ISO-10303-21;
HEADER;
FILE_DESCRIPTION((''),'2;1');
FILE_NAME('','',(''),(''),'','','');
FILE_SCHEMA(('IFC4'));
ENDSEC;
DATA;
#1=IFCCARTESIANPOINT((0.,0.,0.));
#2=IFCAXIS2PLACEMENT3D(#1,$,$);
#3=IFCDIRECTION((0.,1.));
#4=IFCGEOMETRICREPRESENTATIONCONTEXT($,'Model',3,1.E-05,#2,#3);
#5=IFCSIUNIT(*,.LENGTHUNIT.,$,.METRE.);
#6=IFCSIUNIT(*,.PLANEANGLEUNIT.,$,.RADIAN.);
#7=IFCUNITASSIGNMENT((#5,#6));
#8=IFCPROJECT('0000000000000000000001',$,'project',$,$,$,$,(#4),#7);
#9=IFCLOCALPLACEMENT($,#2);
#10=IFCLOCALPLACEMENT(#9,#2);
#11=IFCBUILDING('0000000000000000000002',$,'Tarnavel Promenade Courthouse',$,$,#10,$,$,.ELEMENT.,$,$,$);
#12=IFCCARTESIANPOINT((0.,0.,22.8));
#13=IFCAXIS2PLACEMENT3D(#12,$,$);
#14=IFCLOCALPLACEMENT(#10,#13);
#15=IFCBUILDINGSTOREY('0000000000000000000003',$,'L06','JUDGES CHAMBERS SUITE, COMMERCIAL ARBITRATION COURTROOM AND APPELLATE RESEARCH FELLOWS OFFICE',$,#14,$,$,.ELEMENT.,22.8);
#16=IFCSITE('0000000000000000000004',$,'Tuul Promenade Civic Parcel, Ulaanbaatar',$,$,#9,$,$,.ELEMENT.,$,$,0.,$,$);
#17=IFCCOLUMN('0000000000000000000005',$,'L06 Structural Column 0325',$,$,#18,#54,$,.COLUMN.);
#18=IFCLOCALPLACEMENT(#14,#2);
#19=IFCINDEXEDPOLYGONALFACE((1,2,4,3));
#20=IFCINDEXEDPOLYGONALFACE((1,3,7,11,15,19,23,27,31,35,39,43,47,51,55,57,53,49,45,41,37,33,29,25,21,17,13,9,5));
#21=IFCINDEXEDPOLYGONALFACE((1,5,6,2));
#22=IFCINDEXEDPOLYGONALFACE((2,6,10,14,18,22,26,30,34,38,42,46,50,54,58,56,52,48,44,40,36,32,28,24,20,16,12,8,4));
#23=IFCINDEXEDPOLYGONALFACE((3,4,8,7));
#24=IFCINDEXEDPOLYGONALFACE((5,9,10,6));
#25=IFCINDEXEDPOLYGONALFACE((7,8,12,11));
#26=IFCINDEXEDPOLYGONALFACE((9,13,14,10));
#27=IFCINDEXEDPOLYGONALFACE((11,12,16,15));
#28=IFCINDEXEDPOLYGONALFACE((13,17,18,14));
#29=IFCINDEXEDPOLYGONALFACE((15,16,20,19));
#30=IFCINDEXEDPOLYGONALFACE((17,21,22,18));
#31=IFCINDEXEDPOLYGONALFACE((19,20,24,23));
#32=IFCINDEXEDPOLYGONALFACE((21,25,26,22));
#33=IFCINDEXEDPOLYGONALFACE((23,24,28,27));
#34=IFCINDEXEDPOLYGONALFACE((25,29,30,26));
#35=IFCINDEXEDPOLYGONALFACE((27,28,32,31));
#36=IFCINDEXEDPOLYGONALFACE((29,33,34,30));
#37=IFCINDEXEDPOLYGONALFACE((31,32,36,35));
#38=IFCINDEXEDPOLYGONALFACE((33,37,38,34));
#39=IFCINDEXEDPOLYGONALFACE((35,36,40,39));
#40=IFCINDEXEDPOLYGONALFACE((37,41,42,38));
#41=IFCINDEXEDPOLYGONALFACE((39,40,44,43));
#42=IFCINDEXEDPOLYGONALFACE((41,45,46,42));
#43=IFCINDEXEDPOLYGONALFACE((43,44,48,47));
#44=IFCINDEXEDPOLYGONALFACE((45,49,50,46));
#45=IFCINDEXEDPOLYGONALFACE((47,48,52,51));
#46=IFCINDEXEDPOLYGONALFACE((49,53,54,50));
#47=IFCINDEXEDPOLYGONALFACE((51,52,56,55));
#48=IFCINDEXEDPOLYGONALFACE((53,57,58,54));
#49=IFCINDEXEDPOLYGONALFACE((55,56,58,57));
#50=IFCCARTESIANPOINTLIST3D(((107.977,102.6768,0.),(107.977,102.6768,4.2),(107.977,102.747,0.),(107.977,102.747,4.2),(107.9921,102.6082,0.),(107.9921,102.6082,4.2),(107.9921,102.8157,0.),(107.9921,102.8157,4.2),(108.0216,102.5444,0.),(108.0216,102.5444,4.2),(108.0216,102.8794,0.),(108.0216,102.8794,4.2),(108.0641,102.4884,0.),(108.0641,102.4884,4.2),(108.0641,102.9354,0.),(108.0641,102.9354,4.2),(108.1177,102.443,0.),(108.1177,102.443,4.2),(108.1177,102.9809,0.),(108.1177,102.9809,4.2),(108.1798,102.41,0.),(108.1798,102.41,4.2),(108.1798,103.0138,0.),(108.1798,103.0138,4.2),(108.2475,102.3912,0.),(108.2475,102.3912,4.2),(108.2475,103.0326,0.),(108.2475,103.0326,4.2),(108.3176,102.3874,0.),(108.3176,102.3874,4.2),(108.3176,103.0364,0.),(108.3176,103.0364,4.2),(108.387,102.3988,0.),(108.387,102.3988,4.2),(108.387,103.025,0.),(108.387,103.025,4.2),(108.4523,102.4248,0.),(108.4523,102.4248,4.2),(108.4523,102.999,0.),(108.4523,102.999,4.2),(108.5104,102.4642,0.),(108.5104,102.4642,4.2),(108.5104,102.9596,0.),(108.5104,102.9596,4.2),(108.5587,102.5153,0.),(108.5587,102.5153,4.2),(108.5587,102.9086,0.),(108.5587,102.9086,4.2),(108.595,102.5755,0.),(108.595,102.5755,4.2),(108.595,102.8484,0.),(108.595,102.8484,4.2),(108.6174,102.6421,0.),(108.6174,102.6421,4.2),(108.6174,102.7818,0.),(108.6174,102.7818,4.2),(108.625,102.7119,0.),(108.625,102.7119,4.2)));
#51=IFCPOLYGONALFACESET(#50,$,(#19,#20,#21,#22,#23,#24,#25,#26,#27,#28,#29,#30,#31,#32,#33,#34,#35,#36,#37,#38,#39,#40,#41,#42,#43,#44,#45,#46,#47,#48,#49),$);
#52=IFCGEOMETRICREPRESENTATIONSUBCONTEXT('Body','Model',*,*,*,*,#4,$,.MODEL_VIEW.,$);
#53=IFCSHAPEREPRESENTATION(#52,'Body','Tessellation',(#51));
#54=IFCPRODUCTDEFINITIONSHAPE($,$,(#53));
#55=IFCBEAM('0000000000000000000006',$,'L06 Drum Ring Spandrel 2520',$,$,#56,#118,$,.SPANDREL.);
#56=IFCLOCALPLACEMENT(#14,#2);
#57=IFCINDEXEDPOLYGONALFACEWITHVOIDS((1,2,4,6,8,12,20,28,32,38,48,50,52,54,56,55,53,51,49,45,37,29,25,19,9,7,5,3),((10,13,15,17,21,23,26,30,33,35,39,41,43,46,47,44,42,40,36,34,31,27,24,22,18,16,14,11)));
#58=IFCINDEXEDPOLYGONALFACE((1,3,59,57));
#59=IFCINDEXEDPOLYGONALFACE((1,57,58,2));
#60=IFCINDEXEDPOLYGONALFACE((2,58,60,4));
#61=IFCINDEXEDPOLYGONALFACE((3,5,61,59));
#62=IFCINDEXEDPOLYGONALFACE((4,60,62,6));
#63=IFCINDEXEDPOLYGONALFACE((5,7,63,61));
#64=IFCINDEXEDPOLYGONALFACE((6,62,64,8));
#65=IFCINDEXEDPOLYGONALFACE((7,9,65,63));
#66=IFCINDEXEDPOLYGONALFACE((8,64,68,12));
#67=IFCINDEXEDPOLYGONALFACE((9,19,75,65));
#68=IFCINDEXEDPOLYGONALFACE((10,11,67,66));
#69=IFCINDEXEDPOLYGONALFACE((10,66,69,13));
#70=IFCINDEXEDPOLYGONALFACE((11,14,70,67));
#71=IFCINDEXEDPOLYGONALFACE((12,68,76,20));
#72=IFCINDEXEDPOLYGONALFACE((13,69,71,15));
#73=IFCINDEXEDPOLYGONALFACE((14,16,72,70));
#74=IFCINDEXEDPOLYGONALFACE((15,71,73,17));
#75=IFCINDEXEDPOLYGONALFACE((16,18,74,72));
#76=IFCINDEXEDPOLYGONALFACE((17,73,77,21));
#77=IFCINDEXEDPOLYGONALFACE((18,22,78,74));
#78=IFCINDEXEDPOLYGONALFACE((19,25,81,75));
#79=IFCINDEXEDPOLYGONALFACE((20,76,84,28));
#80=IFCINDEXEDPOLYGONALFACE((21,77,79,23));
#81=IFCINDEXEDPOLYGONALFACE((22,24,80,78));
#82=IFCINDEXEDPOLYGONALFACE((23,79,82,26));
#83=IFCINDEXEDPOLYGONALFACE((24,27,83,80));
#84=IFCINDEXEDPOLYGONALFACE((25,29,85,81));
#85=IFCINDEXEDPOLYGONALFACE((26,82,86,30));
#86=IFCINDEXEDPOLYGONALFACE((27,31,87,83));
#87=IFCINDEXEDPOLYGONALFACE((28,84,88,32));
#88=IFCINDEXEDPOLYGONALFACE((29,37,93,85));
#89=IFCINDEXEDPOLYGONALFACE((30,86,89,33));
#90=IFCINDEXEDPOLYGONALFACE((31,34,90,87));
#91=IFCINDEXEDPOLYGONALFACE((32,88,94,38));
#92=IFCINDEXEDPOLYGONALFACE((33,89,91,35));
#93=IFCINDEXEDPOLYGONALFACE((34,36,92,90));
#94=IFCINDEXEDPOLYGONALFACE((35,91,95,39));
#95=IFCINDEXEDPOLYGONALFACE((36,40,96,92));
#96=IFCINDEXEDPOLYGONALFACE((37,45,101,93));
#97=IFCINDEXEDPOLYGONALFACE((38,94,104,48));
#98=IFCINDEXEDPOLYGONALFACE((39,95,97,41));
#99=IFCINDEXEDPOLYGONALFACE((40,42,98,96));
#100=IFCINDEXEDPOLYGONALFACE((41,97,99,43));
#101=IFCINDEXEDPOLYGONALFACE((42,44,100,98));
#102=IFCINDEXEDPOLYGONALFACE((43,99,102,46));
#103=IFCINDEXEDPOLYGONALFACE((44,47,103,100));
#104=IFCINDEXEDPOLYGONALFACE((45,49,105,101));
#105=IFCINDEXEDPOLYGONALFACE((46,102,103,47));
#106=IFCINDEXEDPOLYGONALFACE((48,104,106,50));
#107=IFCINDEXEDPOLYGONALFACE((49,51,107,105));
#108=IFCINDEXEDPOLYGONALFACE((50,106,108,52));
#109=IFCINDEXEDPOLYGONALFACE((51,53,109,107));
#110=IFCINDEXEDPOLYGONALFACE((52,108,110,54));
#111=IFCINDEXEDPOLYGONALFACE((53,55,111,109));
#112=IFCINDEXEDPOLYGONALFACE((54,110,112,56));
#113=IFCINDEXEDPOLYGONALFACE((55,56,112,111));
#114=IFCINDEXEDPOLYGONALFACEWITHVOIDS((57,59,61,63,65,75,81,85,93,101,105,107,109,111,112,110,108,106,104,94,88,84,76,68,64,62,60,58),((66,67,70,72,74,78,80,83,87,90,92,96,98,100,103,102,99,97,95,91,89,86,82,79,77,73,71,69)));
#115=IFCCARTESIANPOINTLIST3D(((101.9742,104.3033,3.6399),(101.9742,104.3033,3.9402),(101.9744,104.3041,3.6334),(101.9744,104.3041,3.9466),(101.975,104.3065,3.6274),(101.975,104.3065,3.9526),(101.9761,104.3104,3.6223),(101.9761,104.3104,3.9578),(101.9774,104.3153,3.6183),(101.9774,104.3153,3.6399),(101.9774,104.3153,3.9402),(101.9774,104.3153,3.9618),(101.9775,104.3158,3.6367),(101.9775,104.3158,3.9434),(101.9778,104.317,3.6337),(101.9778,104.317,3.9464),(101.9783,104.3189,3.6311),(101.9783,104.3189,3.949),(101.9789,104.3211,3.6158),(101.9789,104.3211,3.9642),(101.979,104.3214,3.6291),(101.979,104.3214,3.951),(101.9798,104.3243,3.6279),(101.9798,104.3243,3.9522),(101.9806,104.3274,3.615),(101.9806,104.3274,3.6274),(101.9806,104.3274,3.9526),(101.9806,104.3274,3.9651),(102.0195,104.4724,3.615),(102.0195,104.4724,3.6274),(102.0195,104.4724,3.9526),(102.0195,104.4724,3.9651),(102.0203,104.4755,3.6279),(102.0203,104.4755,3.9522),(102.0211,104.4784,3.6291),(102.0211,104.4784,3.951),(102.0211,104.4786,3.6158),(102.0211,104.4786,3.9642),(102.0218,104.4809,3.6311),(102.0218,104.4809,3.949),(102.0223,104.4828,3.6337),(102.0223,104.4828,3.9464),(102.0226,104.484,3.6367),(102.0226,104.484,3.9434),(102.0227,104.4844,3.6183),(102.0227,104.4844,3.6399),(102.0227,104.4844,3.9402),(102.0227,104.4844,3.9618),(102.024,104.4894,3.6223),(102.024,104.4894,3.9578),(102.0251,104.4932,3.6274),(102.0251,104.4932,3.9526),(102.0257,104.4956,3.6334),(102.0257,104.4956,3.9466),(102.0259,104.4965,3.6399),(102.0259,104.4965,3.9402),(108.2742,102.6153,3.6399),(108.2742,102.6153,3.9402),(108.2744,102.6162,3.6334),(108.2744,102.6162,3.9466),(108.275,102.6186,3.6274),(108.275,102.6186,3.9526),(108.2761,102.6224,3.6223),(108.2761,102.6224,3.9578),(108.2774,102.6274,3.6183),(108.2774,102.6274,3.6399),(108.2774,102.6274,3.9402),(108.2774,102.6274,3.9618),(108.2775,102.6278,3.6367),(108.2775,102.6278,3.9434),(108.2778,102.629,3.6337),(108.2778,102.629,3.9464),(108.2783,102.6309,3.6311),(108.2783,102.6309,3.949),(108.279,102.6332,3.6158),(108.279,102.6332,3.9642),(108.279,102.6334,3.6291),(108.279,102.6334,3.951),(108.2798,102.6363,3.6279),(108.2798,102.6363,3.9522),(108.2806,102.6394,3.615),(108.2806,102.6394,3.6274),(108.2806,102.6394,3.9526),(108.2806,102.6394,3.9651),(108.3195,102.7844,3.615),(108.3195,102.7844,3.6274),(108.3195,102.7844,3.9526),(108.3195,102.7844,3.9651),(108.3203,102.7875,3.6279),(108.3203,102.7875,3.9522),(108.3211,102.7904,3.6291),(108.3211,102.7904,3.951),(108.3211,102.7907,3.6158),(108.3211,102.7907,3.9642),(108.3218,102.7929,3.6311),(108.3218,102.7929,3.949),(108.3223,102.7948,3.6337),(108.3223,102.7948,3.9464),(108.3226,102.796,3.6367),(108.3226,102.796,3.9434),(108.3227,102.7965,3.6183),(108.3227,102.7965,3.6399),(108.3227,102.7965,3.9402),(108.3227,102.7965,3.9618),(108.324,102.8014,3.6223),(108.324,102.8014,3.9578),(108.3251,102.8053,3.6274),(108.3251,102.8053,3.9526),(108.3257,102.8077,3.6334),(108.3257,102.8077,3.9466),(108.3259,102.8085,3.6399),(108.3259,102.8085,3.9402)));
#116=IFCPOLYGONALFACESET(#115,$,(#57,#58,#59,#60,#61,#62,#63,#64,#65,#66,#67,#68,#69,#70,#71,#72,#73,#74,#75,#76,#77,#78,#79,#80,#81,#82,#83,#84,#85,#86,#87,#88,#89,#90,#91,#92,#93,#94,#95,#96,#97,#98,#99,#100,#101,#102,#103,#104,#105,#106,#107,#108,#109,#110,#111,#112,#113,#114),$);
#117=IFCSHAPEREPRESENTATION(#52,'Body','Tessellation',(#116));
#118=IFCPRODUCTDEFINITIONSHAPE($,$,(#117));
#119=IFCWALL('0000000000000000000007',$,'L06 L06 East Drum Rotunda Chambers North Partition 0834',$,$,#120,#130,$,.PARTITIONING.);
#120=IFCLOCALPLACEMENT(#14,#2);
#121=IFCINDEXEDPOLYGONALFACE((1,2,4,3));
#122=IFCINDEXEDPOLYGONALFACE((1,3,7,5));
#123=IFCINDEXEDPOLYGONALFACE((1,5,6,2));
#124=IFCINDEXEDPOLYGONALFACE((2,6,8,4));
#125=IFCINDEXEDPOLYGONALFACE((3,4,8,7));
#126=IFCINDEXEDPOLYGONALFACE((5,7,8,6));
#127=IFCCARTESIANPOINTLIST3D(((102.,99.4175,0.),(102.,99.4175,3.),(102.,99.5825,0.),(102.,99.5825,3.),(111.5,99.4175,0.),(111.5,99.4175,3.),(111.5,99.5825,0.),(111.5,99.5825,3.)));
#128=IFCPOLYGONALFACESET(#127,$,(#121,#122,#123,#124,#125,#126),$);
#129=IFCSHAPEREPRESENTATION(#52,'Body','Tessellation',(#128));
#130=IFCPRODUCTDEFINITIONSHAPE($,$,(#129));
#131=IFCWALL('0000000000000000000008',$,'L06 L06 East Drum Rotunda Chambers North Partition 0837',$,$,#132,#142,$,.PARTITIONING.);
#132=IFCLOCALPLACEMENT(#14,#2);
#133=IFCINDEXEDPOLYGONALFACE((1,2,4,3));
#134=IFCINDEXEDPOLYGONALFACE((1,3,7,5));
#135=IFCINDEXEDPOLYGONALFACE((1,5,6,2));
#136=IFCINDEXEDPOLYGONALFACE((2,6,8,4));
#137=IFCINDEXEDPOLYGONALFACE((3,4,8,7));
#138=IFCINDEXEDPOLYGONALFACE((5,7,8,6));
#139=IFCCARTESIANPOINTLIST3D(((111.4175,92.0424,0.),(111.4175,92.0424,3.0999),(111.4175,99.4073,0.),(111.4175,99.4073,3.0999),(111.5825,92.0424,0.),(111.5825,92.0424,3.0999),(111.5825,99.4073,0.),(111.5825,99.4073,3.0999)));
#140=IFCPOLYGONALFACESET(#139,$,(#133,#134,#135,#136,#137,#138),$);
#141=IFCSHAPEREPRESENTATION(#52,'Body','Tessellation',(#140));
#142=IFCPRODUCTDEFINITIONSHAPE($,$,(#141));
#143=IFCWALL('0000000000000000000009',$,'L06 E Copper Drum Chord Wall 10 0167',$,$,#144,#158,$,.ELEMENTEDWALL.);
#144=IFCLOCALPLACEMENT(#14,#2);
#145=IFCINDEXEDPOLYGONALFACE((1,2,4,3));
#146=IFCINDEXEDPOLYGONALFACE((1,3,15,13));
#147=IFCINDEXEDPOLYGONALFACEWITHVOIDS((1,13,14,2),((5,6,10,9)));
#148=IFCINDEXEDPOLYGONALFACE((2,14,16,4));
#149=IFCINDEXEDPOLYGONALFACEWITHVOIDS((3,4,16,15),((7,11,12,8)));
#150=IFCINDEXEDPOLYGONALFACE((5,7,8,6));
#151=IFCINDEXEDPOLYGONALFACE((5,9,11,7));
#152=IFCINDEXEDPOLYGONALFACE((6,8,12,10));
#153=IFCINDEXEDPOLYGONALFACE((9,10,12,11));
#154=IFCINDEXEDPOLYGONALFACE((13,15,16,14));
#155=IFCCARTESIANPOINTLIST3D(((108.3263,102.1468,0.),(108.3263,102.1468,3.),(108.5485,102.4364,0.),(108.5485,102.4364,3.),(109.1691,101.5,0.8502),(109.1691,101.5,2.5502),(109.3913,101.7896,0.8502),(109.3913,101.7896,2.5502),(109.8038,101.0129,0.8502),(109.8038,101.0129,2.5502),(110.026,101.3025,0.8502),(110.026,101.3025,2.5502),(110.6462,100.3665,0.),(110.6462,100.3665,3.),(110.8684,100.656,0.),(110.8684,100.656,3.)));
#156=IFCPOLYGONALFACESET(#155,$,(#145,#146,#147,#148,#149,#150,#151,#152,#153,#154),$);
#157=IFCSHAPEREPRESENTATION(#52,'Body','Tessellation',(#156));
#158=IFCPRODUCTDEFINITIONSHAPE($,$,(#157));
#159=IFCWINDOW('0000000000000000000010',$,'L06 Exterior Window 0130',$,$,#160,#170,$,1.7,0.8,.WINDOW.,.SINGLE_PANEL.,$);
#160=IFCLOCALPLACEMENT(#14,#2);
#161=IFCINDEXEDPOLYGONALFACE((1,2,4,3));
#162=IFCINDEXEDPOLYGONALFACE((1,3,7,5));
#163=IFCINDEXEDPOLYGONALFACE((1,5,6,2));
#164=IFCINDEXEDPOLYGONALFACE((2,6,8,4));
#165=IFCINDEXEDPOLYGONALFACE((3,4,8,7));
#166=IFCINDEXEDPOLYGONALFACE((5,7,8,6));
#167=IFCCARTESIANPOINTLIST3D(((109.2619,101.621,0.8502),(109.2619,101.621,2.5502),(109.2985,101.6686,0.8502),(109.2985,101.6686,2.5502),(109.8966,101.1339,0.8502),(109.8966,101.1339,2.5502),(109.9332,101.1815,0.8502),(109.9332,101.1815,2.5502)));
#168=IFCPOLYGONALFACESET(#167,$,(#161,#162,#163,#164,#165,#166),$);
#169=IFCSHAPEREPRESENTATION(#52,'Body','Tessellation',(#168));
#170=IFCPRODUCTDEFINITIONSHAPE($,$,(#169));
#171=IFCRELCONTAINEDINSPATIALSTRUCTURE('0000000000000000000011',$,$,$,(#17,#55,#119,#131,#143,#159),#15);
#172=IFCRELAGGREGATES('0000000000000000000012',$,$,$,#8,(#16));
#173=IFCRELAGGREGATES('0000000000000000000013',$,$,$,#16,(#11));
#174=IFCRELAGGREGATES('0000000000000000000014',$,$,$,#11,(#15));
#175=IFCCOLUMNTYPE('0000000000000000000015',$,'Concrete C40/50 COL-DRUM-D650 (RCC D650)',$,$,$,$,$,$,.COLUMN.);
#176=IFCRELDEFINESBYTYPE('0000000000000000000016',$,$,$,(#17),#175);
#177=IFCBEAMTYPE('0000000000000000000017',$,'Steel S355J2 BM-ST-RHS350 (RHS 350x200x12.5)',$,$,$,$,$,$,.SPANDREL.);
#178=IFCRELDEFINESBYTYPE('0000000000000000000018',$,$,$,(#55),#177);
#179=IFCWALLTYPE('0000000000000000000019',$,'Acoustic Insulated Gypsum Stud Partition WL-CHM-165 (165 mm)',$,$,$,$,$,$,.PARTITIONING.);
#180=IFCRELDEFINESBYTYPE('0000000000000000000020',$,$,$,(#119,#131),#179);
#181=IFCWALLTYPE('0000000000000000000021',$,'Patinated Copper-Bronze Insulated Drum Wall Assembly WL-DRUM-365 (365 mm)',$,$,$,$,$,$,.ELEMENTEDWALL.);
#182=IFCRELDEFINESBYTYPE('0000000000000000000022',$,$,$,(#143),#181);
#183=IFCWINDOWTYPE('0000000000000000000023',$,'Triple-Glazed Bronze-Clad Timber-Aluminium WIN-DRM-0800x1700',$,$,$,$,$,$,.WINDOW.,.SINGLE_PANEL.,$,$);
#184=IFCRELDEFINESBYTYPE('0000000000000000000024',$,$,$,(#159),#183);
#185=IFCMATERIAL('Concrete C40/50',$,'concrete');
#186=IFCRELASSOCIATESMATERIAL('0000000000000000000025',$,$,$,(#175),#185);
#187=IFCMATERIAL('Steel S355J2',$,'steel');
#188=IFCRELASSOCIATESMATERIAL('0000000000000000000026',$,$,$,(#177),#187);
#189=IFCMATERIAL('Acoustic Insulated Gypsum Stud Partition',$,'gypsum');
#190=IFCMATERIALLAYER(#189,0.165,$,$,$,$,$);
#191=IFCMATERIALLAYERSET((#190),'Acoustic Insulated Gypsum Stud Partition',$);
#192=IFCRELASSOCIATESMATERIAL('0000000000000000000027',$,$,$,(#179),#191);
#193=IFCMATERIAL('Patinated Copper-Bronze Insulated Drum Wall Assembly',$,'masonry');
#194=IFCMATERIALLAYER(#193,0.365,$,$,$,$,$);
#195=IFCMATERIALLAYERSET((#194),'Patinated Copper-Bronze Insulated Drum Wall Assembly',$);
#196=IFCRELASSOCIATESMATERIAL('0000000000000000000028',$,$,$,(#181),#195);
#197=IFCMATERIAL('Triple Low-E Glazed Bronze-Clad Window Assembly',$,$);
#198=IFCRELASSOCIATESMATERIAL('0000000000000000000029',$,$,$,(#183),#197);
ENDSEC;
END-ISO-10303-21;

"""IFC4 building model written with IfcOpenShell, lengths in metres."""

from ifc_helpers import new_model, si_unit, direction, frame, frame_2d, origin, origin_2d, place, context, subcontext, project, spatial, rectangle, hollow_rectangle, circle, extrude, material, layer, layer_set, material_profile, profile_set, type_object, element, fill, save


model = new_model("IFC4")

# Units and contexts
model_context = context("Model", 3, precision=1e-05, world=origin(), true_north=direction((0.0, 1.0)))
body_context = subcontext(model_context, "Body", "Model", "MODEL_VIEW")
ifc_project = project(units=[si_unit("LENGTHUNIT", "METRE"), si_unit("PLANEANGLEUNIT", "RADIAN")], contexts=[model_context])

# Site, building, storey
site_placement = place(None, origin())
site = spatial("IfcSite", under=ifc_project, at=site_placement, Name="Tuul Promenade Civic Parcel, Ulaanbaatar", CompositionType="ELEMENT", RefElevation=0.0)
building_placement = place(site_placement, origin())
building = spatial("IfcBuilding", under=site, at=building_placement, Name="Tarnavel Promenade Courthouse", CompositionType="ELEMENT")
storey_placement = place(building_placement, frame((0.0, 0.0, 22.8)))
storey = spatial("IfcBuildingStorey", under=building, at=storey_placement, Name="L06", Description="JUDGES CHAMBERS SUITE, COMMERCIAL ARBITRATION COURTROOM AND APPELLATE RESEARCH FELLOWS OFFICE", CompositionType="ELEMENT", Elevation=22.8)

# Column
ifc_material_1 = material(Name="Concrete C40/50", Category="concrete")
ifc_material_profile_1 = material_profile(ifc_material_1, circle(Radius=0.325, at=origin_2d()), Name="RCC D650")
ifc_profile_set_1 = profile_set([ifc_material_profile_1], Name="Concrete C40/50")
column_type = type_object("IfcColumnType", Name="Concrete C40/50 COL-DRUM-D650 (RCC D650)", PredefinedType="COLUMN", material=ifc_profile_set_1)
column_placement = place(storey_placement, frame((108.3, 102.7119, 0.0), z_axis=(0.0, 0.0, 1.0), x_axis=(1.0, 0.0, 0.0)))
element("IfcColumn", 1, at=column_placement, inside=storey, type_object=column_type, Name="L06 Structural Column 0325", PredefinedType="COLUMN", context=body_context, shape_type="SweptSolid", body=[
    extrude(circle(Radius=0.325, at=origin_2d()), origin(), (0.0, 0.0, 1.0), 4.2),
])

# Beam
ifc_material_2 = material(Name="Steel S355J2", Category="steel")
ifc_material_profile_2 = material_profile(ifc_material_2, hollow_rectangle(XDim=0.2, YDim=0.3501, WallThickness=0.0125, InnerFilletRadius=0.0125, OuterFilletRadius=0.0249, at=origin_2d()), Name="RHS 350x200x12.5")
ifc_profile_set_2 = profile_set([ifc_material_profile_2], Name="Steel S355J2")
beam_type = type_object("IfcBeamType", Name="Steel S355J2 BM-ST-RHS350 (RHS 350x200x12.5)", PredefinedType="SPANDREL", material=ifc_profile_set_2)
beam_placement = place(storey_placement, frame((108.3, 102.7119, 3.79), z_axis=(-0.96593, 0.258804, 0.0), x_axis=(-0.258804, -0.96593, 0.0)))
element("IfcBeam", 2, at=beam_placement, inside=storey, type_object=beam_type, Name="L06 Drum Ring Spandrel 2520", PredefinedType="SPANDREL", context=body_context, shape_type="SweptSolid", body=[
    extrude(hollow_rectangle(XDim=0.2, YDim=0.3501, WallThickness=0.0125, InnerFilletRadius=0.0125, OuterFilletRadius=0.0249, at=origin_2d()), origin(), (0.0, 0.0, 1.0), 6.5222),
])

# Walls
ifc_material_3 = material(Name="Acoustic Insulated Gypsum Stud Partition", Category="gypsum")
ifc_layer_1 = layer(ifc_material_3, 0.165)
ifc_layer_set_1 = layer_set([ifc_layer_1], Name="Acoustic Insulated Gypsum Stud Partition")
wall_type_1 = type_object("IfcWallType", Name="Acoustic Insulated Gypsum Stud Partition WL-CHM-165 (165 mm)", PredefinedType="PARTITIONING", material=ifc_layer_set_1)
wall_1_placement = place(storey_placement, frame((102.0, 99.5, 0.0), z_axis=(0.0, 0.0, 1.0), x_axis=(1.0, 0.0, 0.0)))
element("IfcWall", 3, at=wall_1_placement, inside=storey, type_object=wall_type_1, Name="L06 L06 East Drum Rotunda Chambers North Partition 0834", PredefinedType="PARTITIONING", context=body_context, shape_type="SweptSolid", body=[
    extrude(rectangle(XDim=9.5, YDim=0.165, at=frame_2d((4.75, 0.0))), origin(), (0.0, 0.0, 1.0), 3.0),
])
wall_2_placement = place(storey_placement, frame((111.5, 99.4075, 0.0), z_axis=(0.0, 0.0, 1.0), x_axis=(0.0, -1.0, 0.0)))
element("IfcWall", 4, at=wall_2_placement, inside=storey, type_object=wall_type_1, Name="L06 L06 East Drum Rotunda Chambers North Partition 0837", PredefinedType="PARTITIONING", context=body_context, shape_type="SweptSolid", body=[
    extrude(rectangle(XDim=7.365, YDim=0.165, at=frame_2d((3.6826, 0.0))), origin(), (0.0, 0.0, 1.0), 3.0999),
])

# Wall, opening, window
ifc_material_4 = material(Name="Patinated Copper-Bronze Insulated Drum Wall Assembly", Category="masonry")
ifc_layer_2 = layer(ifc_material_4, 0.365)
ifc_layer_set_2 = layer_set([ifc_layer_2], Name="Patinated Copper-Bronze Insulated Drum Wall Assembly")
wall_type_2 = type_object("IfcWallType", Name="Patinated Copper-Bronze Insulated Drum Wall Assembly WL-DRUM-365 (365 mm)", PredefinedType="ELEMENTEDWALL", material=ifc_layer_set_2)
wall_3_placement = place(storey_placement, frame((110.7573, 100.5112, 0.0), z_axis=(0.0, 0.0, 1.0), x_axis=(-0.793319, 0.608807, 0.0)))
wall_3 = element("IfcWall", 5, at=wall_3_placement, inside=storey, type_object=wall_type_2, Name="L06 E Copper Drum Chord Wall 10 0167", PredefinedType="ELEMENTEDWALL", context=body_context, shape_type="SweptSolid", body=[
    extrude(rectangle(XDim=2.9243, YDim=0.365, at=frame_2d((1.4622, 0.0))), origin(), (0.0, 0.0, 1.0), 3.0),
])
opening_1_placement = place(wall_3_placement, frame((1.062, 0.0, 0.8501)))
opening_1 = element("IfcOpeningElement", 6, at=opening_1_placement, cuts=wall_3, PredefinedType="OPENING", context=body_context, shape_type="SweptSolid", body=[
    extrude(rectangle(XDim=0.8, YDim=1.7, at=frame_2d((0.3999, 0.8501))), frame((0.0, 0.1924, 0.0), z_axis=(0.0, -1.0, 0.0), x_axis=(1.0, 0.0, 0.0)), (0.0, 0.0, 1.0), 0.385),
])
ifc_material_5 = material(Name="Triple Low-E Glazed Bronze-Clad Window Assembly")
window_type = type_object("IfcWindowType", Name="Triple-Glazed Bronze-Clad Timber-Aluminium WIN-DRM-0800x1700", PartitioningType="SINGLE_PANEL", PredefinedType="WINDOW", material=ifc_material_5)
window_1_placement = place(opening_1_placement, origin())
window_1 = element("IfcWindow", 7, at=window_1_placement, inside=storey, type_object=window_type, Name="L06 Exterior Window 0130", OverallHeight=1.7, OverallWidth=0.8, PartitioningType="SINGLE_PANEL", PredefinedType="WINDOW", context=body_context, shape_type="SweptSolid", body=[
    extrude(rectangle(XDim=0.8, YDim=1.7, at=frame_2d((0.3999, 0.8501))), frame((0.0, 0.03, 0.0), z_axis=(0.0, -1.0, 0.0), x_axis=(1.0, 0.0, 0.0)), (0.0, 0.0, 1.0), 0.0601),
])
fill(opening_1, window_1)

save(model, "model.ifc")
